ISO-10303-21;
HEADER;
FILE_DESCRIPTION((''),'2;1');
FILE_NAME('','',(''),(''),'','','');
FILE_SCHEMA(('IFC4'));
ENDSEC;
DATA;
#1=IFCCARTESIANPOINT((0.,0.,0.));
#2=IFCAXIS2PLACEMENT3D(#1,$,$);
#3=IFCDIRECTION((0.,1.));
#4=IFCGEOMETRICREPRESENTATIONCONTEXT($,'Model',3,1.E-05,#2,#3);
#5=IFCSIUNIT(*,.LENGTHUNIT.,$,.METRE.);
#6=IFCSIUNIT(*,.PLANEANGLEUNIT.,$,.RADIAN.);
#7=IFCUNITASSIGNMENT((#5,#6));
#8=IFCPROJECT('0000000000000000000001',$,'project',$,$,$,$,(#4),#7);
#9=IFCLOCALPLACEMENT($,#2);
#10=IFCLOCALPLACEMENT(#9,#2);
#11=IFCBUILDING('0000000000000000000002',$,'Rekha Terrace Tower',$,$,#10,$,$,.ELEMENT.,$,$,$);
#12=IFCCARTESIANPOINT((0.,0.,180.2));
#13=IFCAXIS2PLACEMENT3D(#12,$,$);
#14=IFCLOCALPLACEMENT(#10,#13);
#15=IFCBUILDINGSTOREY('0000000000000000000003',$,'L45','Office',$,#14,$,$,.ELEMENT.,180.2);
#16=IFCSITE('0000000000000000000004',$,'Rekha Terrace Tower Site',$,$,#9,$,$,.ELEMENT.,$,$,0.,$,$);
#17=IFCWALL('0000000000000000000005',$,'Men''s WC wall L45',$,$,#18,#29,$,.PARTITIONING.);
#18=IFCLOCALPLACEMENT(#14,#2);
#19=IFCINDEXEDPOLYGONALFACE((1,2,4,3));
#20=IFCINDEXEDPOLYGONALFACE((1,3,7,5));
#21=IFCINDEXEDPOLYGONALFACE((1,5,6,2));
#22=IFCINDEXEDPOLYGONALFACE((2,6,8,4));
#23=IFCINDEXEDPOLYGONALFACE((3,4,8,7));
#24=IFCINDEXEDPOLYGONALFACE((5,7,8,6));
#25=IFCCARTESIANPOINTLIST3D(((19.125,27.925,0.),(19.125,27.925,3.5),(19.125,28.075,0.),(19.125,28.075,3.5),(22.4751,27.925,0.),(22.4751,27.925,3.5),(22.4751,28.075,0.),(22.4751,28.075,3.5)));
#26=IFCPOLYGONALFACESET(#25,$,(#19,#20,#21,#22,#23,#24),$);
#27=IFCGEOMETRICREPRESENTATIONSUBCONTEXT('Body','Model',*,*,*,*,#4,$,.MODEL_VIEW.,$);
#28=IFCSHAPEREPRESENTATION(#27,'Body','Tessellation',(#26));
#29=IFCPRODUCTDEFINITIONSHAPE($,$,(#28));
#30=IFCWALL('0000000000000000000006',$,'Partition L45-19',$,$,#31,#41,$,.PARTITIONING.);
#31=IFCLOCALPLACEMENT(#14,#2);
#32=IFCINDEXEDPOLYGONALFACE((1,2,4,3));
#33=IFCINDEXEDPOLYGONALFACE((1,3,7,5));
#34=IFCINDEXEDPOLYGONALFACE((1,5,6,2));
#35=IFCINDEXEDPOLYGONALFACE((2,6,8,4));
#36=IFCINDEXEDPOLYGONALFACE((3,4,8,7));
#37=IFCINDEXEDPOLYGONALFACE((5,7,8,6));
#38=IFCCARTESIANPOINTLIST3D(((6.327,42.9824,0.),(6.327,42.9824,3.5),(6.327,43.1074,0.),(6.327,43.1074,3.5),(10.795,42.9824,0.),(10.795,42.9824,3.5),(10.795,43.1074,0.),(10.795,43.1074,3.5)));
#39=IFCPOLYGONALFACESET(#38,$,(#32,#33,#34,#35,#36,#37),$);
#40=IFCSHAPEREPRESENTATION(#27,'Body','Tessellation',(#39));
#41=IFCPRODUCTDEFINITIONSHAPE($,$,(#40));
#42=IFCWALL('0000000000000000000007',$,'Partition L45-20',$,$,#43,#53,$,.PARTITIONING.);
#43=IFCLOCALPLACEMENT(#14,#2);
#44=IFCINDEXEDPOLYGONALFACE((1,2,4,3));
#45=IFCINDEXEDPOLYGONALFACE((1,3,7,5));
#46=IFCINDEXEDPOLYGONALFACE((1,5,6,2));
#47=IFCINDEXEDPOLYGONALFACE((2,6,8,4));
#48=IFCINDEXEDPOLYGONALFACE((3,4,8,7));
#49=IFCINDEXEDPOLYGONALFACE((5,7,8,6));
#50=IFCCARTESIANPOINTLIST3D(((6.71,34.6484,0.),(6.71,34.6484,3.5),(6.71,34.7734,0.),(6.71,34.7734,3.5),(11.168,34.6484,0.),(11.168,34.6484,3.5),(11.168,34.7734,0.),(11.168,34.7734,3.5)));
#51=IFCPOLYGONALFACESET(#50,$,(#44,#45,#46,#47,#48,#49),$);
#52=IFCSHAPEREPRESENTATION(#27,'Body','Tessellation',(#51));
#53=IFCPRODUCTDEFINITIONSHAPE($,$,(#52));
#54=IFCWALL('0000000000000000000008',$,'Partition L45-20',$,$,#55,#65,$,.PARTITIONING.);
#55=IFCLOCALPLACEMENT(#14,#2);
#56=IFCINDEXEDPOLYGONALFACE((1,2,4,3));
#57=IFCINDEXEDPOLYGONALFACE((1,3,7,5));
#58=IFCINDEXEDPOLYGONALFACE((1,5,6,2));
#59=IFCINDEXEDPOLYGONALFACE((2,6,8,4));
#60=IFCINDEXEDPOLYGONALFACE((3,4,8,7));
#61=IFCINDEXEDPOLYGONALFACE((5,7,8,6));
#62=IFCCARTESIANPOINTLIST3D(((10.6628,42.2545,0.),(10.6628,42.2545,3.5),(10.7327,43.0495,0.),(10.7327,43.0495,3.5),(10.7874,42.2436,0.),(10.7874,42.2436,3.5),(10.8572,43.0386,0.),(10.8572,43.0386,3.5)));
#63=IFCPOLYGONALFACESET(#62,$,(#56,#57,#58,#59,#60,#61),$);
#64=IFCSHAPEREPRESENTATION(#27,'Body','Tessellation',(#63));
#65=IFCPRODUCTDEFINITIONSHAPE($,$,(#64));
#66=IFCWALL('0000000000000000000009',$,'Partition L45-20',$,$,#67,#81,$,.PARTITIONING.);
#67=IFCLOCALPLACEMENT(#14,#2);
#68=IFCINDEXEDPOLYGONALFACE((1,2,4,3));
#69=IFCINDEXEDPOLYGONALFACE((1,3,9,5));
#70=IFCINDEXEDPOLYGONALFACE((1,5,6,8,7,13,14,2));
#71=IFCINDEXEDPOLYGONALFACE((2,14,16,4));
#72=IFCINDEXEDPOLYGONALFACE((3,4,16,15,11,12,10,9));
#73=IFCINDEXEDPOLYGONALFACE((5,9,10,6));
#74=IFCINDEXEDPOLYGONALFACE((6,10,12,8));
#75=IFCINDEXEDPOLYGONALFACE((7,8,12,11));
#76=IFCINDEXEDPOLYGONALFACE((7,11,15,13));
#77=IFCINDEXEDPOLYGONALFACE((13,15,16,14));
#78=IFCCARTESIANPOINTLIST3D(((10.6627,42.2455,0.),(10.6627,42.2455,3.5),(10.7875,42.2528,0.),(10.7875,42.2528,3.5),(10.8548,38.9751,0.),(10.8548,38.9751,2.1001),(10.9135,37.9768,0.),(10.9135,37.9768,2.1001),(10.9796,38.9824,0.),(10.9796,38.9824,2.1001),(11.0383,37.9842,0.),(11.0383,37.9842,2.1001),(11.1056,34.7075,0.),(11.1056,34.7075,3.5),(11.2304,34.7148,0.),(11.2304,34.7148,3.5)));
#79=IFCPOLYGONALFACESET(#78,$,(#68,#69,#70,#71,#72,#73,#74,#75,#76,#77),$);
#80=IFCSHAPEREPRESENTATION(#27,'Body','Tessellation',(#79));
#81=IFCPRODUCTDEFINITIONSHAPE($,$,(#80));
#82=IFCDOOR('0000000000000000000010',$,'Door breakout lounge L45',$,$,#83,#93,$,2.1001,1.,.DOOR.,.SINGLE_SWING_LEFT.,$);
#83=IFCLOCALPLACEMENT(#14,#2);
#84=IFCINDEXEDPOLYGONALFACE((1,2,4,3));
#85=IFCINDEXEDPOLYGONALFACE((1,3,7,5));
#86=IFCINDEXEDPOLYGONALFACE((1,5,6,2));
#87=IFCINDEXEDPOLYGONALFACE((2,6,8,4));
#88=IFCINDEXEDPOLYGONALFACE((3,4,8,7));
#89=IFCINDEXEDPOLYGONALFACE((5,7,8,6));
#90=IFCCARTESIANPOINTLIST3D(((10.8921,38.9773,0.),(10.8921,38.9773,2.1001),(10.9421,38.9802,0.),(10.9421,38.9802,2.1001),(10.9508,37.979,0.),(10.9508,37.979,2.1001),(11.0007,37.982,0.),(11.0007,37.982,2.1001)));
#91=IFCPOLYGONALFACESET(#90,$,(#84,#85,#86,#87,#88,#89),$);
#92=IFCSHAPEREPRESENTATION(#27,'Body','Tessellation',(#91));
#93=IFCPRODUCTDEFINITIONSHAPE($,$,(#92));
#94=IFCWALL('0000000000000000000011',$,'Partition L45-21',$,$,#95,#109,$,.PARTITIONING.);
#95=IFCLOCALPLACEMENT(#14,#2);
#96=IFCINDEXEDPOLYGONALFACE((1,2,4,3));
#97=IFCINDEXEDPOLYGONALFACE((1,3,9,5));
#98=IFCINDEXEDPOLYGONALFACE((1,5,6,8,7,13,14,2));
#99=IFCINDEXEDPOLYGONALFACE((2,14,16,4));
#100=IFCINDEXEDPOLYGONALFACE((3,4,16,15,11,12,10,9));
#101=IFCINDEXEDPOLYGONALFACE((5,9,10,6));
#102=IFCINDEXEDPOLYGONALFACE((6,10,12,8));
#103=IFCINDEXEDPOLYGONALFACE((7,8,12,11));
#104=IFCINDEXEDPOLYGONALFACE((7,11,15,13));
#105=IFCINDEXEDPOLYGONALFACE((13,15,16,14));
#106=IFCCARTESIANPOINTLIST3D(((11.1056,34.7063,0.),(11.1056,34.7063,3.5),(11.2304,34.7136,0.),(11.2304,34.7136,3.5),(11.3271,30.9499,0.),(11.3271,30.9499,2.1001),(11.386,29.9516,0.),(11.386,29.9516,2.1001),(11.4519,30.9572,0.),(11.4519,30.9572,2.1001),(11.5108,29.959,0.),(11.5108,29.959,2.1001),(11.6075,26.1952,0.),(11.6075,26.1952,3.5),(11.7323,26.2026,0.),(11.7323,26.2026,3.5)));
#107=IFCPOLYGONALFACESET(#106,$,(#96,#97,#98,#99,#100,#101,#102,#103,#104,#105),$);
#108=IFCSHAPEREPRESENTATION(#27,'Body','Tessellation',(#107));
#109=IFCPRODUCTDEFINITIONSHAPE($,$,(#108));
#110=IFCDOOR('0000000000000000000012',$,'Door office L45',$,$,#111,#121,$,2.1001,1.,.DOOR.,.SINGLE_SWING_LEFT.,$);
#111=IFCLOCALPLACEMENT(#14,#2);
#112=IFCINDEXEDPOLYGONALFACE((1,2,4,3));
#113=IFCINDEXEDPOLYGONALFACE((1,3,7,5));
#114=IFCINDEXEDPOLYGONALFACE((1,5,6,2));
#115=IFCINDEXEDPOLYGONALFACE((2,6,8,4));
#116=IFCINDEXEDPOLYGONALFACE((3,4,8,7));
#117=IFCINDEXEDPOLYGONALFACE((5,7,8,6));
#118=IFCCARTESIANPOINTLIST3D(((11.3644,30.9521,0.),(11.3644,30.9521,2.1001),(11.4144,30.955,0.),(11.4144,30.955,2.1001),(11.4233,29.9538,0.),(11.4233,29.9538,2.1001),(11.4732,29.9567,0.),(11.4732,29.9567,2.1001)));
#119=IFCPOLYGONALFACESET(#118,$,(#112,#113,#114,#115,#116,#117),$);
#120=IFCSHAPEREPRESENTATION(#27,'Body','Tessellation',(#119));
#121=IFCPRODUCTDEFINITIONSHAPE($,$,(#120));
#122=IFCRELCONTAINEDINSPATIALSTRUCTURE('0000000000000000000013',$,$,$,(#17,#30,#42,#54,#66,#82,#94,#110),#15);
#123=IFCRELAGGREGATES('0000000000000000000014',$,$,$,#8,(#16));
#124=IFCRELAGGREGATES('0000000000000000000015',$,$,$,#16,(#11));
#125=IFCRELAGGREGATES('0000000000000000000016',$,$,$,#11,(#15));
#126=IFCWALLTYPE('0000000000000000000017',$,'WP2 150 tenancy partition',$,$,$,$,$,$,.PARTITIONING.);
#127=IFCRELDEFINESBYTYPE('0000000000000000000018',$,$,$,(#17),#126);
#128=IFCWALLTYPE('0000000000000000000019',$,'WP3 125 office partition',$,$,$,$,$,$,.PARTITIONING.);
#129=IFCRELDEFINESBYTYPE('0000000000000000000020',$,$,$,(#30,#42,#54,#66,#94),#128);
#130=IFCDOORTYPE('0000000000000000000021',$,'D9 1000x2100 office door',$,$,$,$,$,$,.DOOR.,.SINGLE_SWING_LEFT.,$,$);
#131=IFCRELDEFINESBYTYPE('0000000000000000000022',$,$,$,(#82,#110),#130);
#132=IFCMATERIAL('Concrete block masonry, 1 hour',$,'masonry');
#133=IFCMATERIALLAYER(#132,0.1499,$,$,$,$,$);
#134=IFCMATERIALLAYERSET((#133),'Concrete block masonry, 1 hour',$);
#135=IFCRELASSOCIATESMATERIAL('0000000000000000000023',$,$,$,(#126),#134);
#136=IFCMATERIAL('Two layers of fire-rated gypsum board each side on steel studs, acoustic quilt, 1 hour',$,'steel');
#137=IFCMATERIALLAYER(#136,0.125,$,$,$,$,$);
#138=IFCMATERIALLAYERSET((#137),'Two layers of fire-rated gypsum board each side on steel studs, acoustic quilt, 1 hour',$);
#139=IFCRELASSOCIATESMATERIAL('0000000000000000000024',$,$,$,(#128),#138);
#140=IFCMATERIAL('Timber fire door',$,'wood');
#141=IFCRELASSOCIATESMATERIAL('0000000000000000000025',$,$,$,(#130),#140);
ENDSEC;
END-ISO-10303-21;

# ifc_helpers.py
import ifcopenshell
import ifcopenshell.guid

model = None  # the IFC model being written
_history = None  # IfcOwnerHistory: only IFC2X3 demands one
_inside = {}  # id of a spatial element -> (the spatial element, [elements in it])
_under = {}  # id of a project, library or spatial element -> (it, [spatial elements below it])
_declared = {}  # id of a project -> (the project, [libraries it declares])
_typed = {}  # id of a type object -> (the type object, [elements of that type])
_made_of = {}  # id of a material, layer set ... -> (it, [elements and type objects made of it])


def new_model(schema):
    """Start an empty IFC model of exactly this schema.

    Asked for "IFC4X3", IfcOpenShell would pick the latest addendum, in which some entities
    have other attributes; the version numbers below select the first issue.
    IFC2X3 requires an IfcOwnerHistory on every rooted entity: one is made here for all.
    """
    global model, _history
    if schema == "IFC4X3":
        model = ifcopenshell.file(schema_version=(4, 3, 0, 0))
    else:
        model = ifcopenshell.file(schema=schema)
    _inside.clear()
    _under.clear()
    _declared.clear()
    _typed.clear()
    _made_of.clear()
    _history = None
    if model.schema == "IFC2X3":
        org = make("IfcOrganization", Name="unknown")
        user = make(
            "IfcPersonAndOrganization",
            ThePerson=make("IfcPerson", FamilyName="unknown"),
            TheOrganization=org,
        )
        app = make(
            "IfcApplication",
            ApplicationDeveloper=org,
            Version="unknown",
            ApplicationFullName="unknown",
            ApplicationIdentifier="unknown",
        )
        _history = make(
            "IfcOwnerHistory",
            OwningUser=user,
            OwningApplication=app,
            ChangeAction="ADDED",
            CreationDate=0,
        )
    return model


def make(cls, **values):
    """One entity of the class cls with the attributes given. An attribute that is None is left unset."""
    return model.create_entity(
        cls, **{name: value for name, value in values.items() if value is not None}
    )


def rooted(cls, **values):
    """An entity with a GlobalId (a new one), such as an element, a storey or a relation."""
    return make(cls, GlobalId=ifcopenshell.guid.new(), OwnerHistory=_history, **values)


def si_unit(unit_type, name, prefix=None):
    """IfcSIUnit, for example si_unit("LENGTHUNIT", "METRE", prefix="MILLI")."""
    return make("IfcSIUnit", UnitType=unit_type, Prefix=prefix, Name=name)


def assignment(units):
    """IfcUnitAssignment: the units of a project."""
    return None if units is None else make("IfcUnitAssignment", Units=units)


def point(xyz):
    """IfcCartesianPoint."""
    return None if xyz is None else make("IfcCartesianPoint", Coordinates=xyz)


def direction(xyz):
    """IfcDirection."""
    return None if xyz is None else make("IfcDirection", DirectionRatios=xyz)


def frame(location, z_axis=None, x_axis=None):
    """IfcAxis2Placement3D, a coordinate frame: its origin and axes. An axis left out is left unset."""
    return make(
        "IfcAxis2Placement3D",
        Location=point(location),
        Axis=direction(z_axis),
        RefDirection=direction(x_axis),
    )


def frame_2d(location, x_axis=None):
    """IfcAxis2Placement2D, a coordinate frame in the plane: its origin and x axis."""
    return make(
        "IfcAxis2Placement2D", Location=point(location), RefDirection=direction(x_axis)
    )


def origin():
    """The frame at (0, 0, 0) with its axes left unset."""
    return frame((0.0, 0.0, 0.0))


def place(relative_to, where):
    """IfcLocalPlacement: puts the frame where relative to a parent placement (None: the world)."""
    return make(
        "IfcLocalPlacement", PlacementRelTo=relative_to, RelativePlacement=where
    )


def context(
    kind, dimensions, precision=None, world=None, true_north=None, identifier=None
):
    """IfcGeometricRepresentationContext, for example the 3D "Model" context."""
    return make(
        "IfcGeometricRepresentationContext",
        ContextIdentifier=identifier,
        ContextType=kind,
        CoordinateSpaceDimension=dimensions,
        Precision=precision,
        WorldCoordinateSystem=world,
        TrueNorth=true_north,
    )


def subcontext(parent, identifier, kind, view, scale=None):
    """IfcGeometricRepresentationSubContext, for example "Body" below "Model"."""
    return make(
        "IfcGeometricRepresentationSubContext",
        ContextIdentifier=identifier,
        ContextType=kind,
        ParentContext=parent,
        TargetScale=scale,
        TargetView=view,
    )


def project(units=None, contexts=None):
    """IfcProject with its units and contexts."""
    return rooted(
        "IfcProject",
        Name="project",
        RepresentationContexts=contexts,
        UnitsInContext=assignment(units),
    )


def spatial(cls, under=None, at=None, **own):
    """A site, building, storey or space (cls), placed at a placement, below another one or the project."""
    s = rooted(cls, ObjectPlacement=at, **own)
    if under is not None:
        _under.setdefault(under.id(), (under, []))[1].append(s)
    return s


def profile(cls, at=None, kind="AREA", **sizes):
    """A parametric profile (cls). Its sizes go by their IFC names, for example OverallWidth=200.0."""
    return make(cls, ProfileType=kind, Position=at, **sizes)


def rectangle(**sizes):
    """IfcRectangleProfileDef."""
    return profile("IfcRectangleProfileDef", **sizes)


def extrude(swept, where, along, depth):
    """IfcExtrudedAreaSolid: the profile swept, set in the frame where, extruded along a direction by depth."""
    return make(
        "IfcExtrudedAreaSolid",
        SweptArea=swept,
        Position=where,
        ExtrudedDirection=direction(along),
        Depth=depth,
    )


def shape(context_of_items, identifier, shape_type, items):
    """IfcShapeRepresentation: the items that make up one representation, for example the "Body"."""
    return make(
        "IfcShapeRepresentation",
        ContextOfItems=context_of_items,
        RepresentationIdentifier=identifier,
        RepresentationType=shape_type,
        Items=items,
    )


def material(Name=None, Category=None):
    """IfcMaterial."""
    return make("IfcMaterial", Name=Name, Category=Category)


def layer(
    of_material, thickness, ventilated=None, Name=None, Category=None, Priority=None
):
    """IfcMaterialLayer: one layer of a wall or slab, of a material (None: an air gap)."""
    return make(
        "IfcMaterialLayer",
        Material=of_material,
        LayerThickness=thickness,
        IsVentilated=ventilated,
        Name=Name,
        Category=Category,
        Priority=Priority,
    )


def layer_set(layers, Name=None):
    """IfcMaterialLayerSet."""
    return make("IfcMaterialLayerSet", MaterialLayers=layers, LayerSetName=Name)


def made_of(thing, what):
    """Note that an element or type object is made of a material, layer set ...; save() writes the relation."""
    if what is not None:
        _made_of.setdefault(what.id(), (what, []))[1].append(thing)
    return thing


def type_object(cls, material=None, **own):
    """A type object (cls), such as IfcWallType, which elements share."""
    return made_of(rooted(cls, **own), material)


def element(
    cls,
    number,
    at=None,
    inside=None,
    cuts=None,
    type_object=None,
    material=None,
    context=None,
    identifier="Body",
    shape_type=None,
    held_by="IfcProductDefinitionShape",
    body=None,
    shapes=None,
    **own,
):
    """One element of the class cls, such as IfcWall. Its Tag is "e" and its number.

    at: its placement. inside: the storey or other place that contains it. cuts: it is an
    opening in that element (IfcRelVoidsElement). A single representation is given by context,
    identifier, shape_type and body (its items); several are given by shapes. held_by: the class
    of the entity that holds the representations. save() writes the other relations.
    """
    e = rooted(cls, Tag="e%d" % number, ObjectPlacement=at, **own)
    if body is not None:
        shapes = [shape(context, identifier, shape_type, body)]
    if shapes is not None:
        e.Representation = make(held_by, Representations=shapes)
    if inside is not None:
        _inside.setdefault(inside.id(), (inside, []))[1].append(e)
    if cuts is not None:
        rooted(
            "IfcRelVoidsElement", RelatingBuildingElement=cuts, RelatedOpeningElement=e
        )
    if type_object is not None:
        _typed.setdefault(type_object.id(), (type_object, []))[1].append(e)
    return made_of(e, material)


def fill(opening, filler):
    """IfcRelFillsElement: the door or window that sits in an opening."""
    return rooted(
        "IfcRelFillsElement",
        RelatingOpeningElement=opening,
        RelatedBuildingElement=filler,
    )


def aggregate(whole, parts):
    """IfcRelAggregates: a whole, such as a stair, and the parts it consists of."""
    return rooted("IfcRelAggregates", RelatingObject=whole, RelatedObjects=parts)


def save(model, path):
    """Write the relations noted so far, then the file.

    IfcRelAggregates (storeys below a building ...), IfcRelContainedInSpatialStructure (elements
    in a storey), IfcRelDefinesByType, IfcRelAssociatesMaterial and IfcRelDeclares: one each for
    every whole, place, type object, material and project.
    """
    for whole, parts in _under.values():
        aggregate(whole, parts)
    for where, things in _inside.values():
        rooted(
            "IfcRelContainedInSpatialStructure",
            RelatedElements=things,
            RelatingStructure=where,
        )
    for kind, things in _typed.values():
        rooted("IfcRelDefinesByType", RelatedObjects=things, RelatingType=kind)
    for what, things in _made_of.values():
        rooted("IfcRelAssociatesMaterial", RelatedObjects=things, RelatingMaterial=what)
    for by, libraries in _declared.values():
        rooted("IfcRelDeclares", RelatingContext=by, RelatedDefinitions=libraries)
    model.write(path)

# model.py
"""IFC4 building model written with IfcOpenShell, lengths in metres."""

from ifc_helpers import new_model, si_unit, direction, frame, frame_2d, origin, place, context, subcontext, project, spatial, rectangle, extrude, material, layer, layer_set, type_object, element, fill, save


model = new_model("IFC4")

# Units and contexts
model_context = context("Model", 3, precision=1e-05, world=origin(), true_north=direction((0.0, 1.0)))
body_context = subcontext(model_context, "Body", "Model", "MODEL_VIEW")
ifc_project = project(units=[si_unit("LENGTHUNIT", "METRE"), si_unit("PLANEANGLEUNIT", "RADIAN")], contexts=[model_context])

# Site, building, storey
site_placement = place(None, origin())
site = spatial("IfcSite", under=ifc_project, at=site_placement, Name="Rekha Terrace Tower Site", CompositionType="ELEMENT", RefElevation=0.0)
building_placement = place(site_placement, origin())
building = spatial("IfcBuilding", under=site, at=building_placement, Name="Rekha Terrace Tower", CompositionType="ELEMENT")
storey_placement = place(building_placement, frame((0.0, 0.0, 180.2)))
storey = spatial("IfcBuildingStorey", under=building, at=storey_placement, Name="L45", Description="Office", CompositionType="ELEMENT", Elevation=180.2)

# Walls
ifc_material_1 = material(Name="Concrete block masonry, 1 hour", Category="masonry")
ifc_layer_1 = layer(ifc_material_1, 0.1499)
ifc_layer_set_1 = layer_set([ifc_layer_1], Name="Concrete block masonry, 1 hour")
wall_type_1 = type_object("IfcWallType", Name="WP2 150 tenancy partition", PredefinedType="PARTITIONING", material=ifc_layer_set_1)
wall_1_placement = place(storey_placement, frame((19.125, 28.0, 0.0), z_axis=(0.0, 0.0, 1.0), x_axis=(1.0, 0.0, 0.0)))
element("IfcWall", 1, at=wall_1_placement, inside=storey, type_object=wall_type_1, Name="Men's WC wall L45", PredefinedType="PARTITIONING", context=body_context, shape_type="SweptSolid", body=[
    extrude(rectangle(XDim=3.3501, YDim=0.1499, at=frame_2d((1.675, 0.0))), origin(), (0.0, 0.0, 1.0), 3.5),
])
ifc_material_2 = material(Name="Two layers of fire-rated gypsum board each side on steel studs, acoustic quilt, 1 hour", Category="steel")
ifc_layer_2 = layer(ifc_material_2, 0.125)
ifc_layer_set_2 = layer_set([ifc_layer_2], Name="Two layers of fire-rated gypsum board each side on steel studs, acoustic quilt, 1 hour")
wall_type_2 = type_object("IfcWallType", Name="WP3 125 office partition", PredefinedType="PARTITIONING", material=ifc_layer_set_2)
wall_2_placement = place(storey_placement, frame((10.7949, 43.0449, 0.0), z_axis=(0.0, 0.0, 1.0), x_axis=(-1.0, 0.0, 0.0)))
element("IfcWall", 2, at=wall_2_placement, inside=storey, type_object=wall_type_2, Name="Partition L45-19", PredefinedType="PARTITIONING", context=body_context, shape_type="SweptSolid", body=[
    extrude(rectangle(XDim=4.468, YDim=0.125, at=frame_2d((2.2339, 0.0))), origin(), (0.0, 0.0, 1.0), 3.5),
])
wall_3_placement = place(storey_placement, frame((11.168, 34.7109, 0.0), z_axis=(0.0, 0.0, 1.0), x_axis=(-1.0, 0.0, 0.0)))
element("IfcWall", 3, at=wall_3_placement, inside=storey, type_object=wall_type_2, Name="Partition L45-20", PredefinedType="PARTITIONING", context=body_context, shape_type="SweptSolid", body=[
    extrude(rectangle(XDim=4.458, YDim=0.125, at=frame_2d((2.229, 0.0))), origin(), (0.0, 0.0, 1.0), 3.5),
])
wall_4_placement = place(storey_placement, frame((10.7949, 43.0439, 0.0), z_axis=(0.0, 0.0, 1.0), x_axis=(-0.087501, -0.996164, 0.0)))
element("IfcWall", 4, at=wall_4_placement, inside=storey, type_object=wall_type_2, Name="Partition L45-20", PredefinedType="PARTITIONING", context=body_context, shape_type="SweptSolid", body=[
    extrude(rectangle(XDim=0.7981, YDim=0.125, at=frame_2d((0.3989, 0.0))), origin(), (0.0, 0.0, 1.0), 3.5),
])

# Walls, openings, doors
wall_5_placement = place(storey_placement, frame((10.7251, 42.249, 0.0), z_axis=(0.0, 0.0, 1.0), x_axis=(0.05865, -0.998279, 0.0)))
wall_5 = element("IfcWall", 5, at=wall_5_placement, inside=storey, type_object=wall_type_2, Name="Partition L45-20", PredefinedType="PARTITIONING", context=body_context, shape_type="SweptSolid", body=[
    extrude(rectangle(XDim=7.551, YDim=0.125, at=frame_2d((3.7754, 0.0))), origin(), (0.0, 0.0, 1.0), 3.5),
])
opening_1_placement = place(wall_5_placement, frame((3.2759, 0.0, 0.0)))
opening_1 = element("IfcOpeningElement", 6, at=opening_1_placement, cuts=wall_5, PredefinedType="OPENING", context=body_context, shape_type="SweptSolid", body=[
    extrude(rectangle(XDim=1.0, YDim=2.1001, at=frame_2d((0.5, 1.05))), frame((0.0, 0.0725, 0.0), z_axis=(0.0, -1.0, 0.0), x_axis=(1.0, 0.0, 0.0)), (0.0, 0.0, 1.0), 0.145),
])
ifc_material_3 = material(Name="Timber fire door", Category="wood")
door_type_1 = type_object("IfcDoorType", Name="D9 1000x2100 office door", OperationType="SINGLE_SWING_LEFT", PredefinedType="DOOR", material=ifc_material_3)
door_1_placement = place(opening_1_placement, origin())
door_1 = element("IfcDoor", 7, at=door_1_placement, inside=storey, type_object=door_type_1, Name="Door breakout lounge L45", OperationType="SINGLE_SWING_LEFT", OverallHeight=2.1001, OverallWidth=1.0, PredefinedType="DOOR", context=body_context, shape_type="SweptSolid", body=[
    extrude(rectangle(XDim=1.0, YDim=2.1001, at=frame_2d((0.5, 1.05))), frame((0.0, 0.0249, 0.0), z_axis=(0.0, -1.0, 0.0), x_axis=(1.0, 0.0, 0.0)), (0.0, 0.0, 1.0), 0.05),
])
fill(opening_1, door_1)
wall_6_placement = place(storey_placement, frame((11.168, 34.71, 0.0), z_axis=(0.0, 0.0, 1.0), x_axis=(0.058875, -0.998265, 0.0)))
wall_6 = element("IfcWall", 8, at=wall_6_placement, inside=storey, type_object=wall_type_2, Name="Partition L45-21", PredefinedType="PARTITIONING", context=body_context, shape_type="SweptSolid", body=[
    extrude(rectangle(XDim=8.5259, YDim=0.125, at=frame_2d((4.2629, 0.0))), origin(), (0.0, 0.0, 1.0), 3.5),
])
opening_2_placement = place(wall_6_placement, frame((3.7629, 0.0, 0.0)))
opening_2 = element("IfcOpeningElement", 9, at=opening_2_placement, cuts=wall_6, PredefinedType="OPENING", context=body_context, shape_type="SweptSolid", body=[
    extrude(rectangle(XDim=1.0, YDim=2.1001, at=frame_2d((0.5, 1.05))), frame((0.0, 0.0725, 0.0), z_axis=(0.0, -1.0, 0.0), x_axis=(1.0, 0.0, 0.0)), (0.0, 0.0, 1.0), 0.145),
])
door_2_placement = place(opening_2_placement, origin())
door_2 = element("IfcDoor", 10, at=door_2_placement, inside=storey, type_object=door_type_1, Name="Door office L45", OperationType="SINGLE_SWING_LEFT", OverallHeight=2.1001, OverallWidth=1.0, PredefinedType="DOOR", context=body_context, shape_type="SweptSolid", body=[
    extrude(rectangle(XDim=1.0, YDim=2.1001, at=frame_2d((0.5, 1.05))), frame((0.0, 0.0249, 0.0), z_axis=(0.0, -1.0, 0.0), x_axis=(1.0, 0.0, 0.0)), (0.0, 0.0, 1.0), 0.05),
])
fill(opening_2, door_2)

save(model, "model.ifc")
